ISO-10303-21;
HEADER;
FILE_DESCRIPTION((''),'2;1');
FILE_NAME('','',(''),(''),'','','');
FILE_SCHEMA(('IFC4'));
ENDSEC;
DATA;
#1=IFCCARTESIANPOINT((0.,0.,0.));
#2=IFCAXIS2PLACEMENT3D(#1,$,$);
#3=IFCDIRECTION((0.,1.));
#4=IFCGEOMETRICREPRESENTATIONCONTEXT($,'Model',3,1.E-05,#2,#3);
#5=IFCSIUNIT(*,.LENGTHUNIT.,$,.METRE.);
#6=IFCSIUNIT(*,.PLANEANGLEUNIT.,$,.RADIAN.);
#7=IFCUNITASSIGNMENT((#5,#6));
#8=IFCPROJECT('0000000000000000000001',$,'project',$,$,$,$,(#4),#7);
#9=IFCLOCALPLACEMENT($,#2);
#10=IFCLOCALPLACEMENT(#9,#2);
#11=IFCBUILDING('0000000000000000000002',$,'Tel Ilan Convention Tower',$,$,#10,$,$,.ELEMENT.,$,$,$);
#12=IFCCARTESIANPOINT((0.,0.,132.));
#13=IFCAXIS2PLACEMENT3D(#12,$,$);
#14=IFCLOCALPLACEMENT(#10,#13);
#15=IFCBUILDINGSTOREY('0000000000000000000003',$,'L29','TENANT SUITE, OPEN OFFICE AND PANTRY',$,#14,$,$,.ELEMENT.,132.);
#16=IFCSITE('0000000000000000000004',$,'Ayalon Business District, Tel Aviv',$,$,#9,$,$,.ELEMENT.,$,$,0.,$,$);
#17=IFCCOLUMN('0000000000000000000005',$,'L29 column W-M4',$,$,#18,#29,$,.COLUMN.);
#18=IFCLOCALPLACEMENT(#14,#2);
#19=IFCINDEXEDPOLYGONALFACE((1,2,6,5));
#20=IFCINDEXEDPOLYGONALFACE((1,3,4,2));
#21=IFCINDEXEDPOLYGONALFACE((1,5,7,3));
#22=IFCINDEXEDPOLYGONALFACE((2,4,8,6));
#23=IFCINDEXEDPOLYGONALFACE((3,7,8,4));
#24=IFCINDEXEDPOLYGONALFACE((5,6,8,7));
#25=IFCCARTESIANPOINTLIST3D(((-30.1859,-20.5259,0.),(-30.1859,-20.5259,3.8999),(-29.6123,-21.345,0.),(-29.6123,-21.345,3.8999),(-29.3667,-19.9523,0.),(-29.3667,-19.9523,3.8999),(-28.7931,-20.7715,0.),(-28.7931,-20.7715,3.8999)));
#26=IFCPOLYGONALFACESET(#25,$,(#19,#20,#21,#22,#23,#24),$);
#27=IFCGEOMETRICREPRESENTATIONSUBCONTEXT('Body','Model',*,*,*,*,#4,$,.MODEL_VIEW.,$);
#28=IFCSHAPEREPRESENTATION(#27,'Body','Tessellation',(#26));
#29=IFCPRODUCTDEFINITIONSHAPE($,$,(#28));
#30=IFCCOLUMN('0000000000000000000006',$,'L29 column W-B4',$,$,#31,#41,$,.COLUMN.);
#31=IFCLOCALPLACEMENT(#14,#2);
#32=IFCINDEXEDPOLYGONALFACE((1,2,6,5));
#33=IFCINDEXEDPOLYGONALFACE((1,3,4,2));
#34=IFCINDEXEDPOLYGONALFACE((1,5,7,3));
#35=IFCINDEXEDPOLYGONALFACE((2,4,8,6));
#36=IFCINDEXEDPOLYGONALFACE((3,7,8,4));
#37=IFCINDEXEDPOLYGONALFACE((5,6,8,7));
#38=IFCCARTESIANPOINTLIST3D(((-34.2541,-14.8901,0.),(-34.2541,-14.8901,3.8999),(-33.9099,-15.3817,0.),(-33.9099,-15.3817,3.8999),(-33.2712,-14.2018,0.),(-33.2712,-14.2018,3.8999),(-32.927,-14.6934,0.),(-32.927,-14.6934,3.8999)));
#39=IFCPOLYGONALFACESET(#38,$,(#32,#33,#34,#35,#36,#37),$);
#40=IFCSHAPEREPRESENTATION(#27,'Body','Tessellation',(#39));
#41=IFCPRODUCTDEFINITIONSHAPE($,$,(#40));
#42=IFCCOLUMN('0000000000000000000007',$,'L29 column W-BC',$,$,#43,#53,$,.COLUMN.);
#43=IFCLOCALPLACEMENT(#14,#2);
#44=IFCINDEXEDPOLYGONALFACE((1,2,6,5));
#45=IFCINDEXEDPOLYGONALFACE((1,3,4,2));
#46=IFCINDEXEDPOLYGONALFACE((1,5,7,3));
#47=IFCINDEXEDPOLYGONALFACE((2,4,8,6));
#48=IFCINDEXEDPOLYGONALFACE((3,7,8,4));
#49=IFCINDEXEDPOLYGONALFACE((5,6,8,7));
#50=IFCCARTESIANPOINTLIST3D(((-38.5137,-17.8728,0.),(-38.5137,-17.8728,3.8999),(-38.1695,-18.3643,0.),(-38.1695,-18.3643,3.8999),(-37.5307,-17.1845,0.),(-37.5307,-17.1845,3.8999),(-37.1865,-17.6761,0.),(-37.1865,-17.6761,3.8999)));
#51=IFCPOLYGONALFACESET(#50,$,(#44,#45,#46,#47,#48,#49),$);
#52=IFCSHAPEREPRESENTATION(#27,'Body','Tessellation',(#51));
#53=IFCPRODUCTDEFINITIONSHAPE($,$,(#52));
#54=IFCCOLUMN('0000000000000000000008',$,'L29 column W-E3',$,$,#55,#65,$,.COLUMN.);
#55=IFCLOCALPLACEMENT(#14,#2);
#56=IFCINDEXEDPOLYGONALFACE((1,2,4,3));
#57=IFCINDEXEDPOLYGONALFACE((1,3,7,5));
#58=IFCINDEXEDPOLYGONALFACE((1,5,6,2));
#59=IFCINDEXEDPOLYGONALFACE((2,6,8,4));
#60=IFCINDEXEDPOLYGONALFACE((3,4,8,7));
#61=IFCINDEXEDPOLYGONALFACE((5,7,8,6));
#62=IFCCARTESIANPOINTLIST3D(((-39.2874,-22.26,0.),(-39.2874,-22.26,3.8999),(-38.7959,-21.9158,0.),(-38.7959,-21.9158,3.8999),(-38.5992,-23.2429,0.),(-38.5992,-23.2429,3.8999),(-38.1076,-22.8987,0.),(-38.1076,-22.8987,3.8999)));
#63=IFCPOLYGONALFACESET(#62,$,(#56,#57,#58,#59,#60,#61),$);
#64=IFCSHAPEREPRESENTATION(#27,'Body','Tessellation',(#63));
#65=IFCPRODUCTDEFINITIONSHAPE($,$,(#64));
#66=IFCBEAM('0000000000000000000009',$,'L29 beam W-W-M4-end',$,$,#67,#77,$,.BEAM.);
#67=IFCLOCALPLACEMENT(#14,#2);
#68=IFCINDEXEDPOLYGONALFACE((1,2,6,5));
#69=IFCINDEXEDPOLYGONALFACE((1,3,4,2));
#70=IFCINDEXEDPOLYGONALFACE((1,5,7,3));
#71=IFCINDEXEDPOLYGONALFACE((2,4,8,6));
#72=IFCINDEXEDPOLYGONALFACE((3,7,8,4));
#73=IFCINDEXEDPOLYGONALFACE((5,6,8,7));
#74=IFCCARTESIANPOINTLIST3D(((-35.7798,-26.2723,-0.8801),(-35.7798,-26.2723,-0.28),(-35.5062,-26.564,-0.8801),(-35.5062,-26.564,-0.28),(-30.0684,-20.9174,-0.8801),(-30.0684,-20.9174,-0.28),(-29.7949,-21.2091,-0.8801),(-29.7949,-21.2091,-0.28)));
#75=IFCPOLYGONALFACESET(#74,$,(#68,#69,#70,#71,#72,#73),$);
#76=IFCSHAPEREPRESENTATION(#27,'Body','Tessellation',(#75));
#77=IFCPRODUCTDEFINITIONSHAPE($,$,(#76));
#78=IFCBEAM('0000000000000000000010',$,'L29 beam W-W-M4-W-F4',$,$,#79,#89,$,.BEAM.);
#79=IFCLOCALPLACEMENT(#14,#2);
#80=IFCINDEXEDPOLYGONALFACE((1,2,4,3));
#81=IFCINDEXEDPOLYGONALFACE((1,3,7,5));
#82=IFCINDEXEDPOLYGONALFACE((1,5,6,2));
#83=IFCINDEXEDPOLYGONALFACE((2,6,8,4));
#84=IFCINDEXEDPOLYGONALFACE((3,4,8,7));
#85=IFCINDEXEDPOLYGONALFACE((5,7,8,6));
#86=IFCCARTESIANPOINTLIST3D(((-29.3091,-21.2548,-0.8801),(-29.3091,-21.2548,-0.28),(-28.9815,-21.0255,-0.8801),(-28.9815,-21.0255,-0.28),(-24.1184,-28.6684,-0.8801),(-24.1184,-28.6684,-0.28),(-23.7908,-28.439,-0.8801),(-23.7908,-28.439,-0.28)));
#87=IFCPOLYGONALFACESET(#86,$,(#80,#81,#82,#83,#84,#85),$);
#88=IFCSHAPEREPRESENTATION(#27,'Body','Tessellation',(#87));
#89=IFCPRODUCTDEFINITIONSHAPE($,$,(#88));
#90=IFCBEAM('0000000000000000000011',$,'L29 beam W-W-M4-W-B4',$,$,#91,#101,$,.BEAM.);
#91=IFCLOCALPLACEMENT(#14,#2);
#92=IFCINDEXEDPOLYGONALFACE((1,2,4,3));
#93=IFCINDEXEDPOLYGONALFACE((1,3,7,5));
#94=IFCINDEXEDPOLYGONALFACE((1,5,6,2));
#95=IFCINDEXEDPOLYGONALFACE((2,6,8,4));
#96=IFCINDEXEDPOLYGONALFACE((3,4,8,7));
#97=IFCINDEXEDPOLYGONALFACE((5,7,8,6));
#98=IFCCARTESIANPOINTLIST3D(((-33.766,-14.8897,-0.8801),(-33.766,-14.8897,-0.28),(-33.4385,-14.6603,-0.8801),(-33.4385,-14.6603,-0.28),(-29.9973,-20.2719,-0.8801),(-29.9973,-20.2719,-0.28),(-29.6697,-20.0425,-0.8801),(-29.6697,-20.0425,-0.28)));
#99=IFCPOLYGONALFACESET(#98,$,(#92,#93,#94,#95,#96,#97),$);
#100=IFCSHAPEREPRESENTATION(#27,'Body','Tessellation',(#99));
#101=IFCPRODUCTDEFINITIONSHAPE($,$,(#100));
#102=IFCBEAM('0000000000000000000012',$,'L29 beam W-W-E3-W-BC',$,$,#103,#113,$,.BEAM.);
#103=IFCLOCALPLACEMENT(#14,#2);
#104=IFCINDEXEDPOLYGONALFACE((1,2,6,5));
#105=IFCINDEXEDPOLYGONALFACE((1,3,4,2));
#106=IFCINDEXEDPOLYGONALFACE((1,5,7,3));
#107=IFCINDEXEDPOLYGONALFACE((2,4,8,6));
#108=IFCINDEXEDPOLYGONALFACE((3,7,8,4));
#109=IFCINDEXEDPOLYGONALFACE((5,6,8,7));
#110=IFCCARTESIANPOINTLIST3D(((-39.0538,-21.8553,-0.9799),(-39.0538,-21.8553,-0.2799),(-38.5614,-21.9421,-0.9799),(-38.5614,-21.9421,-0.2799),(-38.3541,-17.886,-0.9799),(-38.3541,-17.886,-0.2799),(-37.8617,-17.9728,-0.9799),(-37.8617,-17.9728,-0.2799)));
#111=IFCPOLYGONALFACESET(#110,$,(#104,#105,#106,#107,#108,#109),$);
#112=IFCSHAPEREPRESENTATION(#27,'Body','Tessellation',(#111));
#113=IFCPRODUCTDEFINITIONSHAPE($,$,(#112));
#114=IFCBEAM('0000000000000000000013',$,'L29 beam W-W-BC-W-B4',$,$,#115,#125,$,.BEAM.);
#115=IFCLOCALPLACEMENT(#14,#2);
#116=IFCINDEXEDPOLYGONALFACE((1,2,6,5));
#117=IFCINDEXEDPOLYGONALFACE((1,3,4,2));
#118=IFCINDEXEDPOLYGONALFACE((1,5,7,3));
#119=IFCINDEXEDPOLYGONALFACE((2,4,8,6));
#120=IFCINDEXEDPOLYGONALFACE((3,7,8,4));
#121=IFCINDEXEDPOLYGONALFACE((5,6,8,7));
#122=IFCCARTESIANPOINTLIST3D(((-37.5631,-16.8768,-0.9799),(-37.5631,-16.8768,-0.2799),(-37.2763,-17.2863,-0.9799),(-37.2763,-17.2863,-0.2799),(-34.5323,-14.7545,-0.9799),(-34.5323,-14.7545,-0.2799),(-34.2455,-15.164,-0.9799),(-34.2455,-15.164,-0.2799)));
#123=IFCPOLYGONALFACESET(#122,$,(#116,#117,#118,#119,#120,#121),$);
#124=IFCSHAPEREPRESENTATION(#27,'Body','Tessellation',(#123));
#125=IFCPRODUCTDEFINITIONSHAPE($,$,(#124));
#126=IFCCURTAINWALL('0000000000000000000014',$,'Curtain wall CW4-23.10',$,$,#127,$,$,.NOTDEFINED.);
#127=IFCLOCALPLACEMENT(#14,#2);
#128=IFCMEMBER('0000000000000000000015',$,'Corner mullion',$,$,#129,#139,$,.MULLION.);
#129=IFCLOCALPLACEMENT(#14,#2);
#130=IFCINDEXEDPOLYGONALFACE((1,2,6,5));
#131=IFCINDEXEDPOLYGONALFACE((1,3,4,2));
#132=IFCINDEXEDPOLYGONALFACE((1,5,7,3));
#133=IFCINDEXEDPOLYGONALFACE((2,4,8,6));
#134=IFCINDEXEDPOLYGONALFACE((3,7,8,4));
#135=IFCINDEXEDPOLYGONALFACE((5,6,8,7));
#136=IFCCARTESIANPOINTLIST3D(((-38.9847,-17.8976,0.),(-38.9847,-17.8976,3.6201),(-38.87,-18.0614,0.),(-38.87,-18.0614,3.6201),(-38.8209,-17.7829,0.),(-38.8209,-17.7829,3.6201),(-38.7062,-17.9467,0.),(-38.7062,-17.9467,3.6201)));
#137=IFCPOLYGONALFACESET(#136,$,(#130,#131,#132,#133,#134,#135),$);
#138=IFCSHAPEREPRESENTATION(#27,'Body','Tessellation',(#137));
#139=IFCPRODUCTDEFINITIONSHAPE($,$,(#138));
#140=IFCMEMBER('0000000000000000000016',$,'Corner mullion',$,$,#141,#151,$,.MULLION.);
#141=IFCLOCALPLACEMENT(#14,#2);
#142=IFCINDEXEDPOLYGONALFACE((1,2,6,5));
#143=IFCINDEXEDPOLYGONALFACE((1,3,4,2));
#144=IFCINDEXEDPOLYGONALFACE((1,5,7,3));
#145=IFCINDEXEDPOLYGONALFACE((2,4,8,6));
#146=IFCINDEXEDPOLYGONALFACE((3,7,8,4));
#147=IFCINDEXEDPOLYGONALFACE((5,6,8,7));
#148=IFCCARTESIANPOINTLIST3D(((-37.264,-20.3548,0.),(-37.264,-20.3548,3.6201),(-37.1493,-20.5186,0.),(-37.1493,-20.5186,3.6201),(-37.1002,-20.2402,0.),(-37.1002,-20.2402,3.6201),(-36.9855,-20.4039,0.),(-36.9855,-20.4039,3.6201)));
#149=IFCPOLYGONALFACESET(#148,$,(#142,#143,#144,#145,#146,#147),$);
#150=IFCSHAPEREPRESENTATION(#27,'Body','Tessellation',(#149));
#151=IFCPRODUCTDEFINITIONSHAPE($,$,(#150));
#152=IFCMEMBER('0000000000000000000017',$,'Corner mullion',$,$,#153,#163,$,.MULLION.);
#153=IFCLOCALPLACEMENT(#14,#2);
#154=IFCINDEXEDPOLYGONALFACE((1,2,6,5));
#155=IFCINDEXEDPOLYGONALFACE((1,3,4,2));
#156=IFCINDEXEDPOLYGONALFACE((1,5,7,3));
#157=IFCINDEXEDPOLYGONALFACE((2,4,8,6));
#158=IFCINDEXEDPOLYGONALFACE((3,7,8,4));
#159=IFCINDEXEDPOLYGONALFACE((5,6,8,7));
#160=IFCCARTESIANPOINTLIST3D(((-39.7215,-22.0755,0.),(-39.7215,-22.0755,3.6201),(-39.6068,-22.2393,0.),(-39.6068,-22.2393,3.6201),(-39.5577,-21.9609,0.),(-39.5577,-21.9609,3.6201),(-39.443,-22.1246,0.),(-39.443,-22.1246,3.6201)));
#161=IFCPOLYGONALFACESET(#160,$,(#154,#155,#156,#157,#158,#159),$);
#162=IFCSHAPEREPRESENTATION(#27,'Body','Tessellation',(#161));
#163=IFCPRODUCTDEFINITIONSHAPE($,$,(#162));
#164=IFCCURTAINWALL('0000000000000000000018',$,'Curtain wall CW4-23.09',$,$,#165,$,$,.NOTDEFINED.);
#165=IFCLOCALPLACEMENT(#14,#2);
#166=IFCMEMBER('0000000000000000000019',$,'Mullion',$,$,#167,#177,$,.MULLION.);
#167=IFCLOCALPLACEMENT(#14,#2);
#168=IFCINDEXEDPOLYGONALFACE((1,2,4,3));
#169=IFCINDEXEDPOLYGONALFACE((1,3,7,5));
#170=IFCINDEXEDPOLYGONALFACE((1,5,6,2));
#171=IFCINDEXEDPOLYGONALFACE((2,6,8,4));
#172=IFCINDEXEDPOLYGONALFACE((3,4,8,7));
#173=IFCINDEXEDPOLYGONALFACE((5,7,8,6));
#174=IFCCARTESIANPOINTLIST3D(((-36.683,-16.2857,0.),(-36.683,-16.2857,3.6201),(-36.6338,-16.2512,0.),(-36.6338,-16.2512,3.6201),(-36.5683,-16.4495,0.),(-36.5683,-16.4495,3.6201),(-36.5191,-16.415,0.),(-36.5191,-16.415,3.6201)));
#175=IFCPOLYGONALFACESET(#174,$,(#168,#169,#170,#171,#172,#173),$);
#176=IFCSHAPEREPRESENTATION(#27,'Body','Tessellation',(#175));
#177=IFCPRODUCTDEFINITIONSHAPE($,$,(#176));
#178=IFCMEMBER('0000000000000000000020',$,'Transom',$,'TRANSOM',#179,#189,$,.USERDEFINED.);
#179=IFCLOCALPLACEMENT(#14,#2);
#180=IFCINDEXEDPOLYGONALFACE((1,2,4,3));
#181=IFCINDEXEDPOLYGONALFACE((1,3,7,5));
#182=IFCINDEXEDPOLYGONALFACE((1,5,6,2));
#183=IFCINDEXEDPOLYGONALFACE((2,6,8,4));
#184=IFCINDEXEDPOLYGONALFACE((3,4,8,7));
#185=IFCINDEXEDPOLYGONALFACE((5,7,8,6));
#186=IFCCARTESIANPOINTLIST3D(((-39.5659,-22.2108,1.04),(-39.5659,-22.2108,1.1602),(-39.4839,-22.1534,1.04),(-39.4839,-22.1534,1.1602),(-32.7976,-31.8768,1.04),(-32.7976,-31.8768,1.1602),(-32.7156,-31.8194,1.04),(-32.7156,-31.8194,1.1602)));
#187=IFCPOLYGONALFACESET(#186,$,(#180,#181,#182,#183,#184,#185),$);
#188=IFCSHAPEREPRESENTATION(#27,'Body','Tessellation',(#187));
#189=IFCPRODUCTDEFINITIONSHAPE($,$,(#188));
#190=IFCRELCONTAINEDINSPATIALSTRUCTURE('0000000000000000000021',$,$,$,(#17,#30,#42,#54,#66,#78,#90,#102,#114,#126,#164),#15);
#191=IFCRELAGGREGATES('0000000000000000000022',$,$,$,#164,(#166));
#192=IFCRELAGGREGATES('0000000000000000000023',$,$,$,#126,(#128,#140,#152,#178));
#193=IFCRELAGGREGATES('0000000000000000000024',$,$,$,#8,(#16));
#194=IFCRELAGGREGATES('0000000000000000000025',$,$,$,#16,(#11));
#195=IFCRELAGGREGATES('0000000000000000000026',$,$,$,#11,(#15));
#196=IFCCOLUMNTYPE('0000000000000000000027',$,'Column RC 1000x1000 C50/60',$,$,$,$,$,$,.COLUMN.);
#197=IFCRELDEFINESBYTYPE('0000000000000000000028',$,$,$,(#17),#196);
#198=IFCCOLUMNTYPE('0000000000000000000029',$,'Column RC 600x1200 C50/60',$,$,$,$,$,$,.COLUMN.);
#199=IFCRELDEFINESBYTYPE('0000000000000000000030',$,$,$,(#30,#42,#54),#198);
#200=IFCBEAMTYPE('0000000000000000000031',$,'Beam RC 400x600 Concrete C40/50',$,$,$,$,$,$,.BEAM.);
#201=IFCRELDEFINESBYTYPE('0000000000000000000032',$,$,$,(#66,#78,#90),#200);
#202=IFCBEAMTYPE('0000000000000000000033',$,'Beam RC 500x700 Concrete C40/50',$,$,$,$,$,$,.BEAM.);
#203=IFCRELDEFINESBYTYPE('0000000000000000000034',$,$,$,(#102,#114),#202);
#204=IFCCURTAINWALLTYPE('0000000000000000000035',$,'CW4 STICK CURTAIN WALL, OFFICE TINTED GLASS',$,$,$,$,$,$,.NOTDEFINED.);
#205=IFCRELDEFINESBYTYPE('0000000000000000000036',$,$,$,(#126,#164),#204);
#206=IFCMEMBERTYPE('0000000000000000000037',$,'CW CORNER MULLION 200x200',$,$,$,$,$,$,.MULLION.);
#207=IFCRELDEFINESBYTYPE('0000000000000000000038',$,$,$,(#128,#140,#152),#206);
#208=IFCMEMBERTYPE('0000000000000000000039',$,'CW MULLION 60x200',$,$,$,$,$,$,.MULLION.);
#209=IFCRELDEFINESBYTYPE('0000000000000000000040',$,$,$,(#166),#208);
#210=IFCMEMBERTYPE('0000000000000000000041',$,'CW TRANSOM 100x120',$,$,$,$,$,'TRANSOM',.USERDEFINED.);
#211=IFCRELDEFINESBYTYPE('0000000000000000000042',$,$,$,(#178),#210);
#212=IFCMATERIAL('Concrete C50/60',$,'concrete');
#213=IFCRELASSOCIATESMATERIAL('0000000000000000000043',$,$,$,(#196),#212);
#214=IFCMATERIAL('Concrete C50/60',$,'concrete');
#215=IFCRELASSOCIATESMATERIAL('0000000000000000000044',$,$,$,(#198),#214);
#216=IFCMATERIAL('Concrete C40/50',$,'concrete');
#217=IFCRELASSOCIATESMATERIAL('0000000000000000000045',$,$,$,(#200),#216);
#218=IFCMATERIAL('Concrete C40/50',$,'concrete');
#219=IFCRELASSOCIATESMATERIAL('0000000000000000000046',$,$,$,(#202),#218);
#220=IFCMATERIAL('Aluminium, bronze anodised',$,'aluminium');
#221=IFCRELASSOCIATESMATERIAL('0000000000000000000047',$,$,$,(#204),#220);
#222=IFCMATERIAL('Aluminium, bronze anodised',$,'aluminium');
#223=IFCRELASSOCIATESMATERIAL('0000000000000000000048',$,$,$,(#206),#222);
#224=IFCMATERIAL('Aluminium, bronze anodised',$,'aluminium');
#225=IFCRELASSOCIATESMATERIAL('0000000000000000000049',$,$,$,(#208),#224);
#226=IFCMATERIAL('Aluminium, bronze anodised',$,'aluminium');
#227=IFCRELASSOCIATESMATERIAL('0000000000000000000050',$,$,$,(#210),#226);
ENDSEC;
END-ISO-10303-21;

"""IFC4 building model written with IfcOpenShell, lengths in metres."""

from ifc_helpers import new_model, si_unit, direction, frame, origin, origin_2d, place, context, subcontext, project, spatial, rectangle, extrude, material, material_profile, profile_set, type_object, element, aggregate, save


model = new_model("IFC4")

# Units and contexts
model_context = context("Model", 3, precision=1e-05, world=origin(), true_north=direction((0.0, 1.0)))
body_context = subcontext(model_context, "Body", "Model", "MODEL_VIEW")
ifc_project = project(units=[si_unit("LENGTHUNIT", "METRE"), si_unit("PLANEANGLEUNIT", "RADIAN")], contexts=[model_context])

# Site, building, storey
site_placement = place(None, origin())
site = spatial("IfcSite", under=ifc_project, at=site_placement, Name="Ayalon Business District, Tel Aviv", CompositionType="ELEMENT", RefElevation=0.0)
building_placement = place(site_placement, origin())
building = spatial("IfcBuilding", under=site, at=building_placement, Name="Tel Ilan Convention Tower", CompositionType="ELEMENT")
storey_placement = place(building_placement, frame((0.0, 0.0, 132.0)))
storey = spatial("IfcBuildingStorey", under=building, at=storey_placement, Name="L29", Description="TENANT SUITE, OPEN OFFICE AND PANTRY", CompositionType="ELEMENT", Elevation=132.0)

# Columns
ifc_material_1 = material(Name="Concrete C50/60", Category="concrete")
ifc_material_profile_1 = material_profile(ifc_material_1, rectangle(XDim=1.0, YDim=1.0, at=origin_2d()), Name="RC 1000x1000")
ifc_profile_set_1 = profile_set([ifc_material_profile_1], Name="Concrete C50/60")
column_type_1 = type_object("IfcColumnType", Name="Column RC 1000x1000 C50/60", PredefinedType="COLUMN", material=ifc_profile_set_1)
column_placement = place(storey_placement, frame((-29.4895, -20.6487, 0.0), z_axis=(0.0, 0.0, 1.0), x_axis=(-0.819152, -0.573576, 0.0)))
element("IfcColumn", 1, at=column_placement, inside=storey, type_object=column_type_1, Name="L29 column W-M4", PredefinedType="COLUMN", context=body_context, shape_type="SweptSolid", body=[
    extrude(rectangle(XDim=1.0, YDim=1.0, at=origin_2d()), origin(), (0.0, 0.0, 1.0), 3.8999),
])
ifc_material_2 = material(Name="Concrete C50/60", Category="concrete")
ifc_material_profile_2 = material_profile(ifc_material_2, rectangle(XDim=1.2, YDim=0.6001, at=origin_2d()), Name="RC 600x1200")
ifc_profile_set_2 = profile_set([ifc_material_profile_2], Name="Concrete C50/60")
column_type_2 = type_object("IfcColumnType", Name="Column RC 600x1200 C50/60", PredefinedType="COLUMN", material=ifc_profile_set_2)
for number, where, z_axis, x_axis, name in (
    (2, (-33.5906, -14.7917, 0.0), (0.0, 0.0, 1.0), (-0.819152, -0.573576, 0.0), "L29 column W-B4"),
    (3, (-37.8501, -17.7744, 0.0), (0.0, 0.0, 1.0), (-0.819152, -0.573576, 0.0), "L29 column W-BC"),
    (4, (-38.6975, -22.5793, 0.0), (0.0, 0.0, 1.0), (-0.573576, 0.819152, 0.0), "L29 column W-E3"),
):
    element("IfcColumn", number, at=place(storey_placement, frame(where, z_axis=z_axis, x_axis=x_axis)), inside=storey, type_object=column_type_2, Name=name, PredefinedType="COLUMN", context=body_context, shape_type="SweptSolid", body=[
        extrude(rectangle(XDim=1.2, YDim=0.6001, at=origin_2d()), origin(), (0.0, 0.0, 1.0), 3.8999),
    ])

# Beams
ifc_material_3 = material(Name="Concrete C40/50", Category="concrete")
ifc_material_profile_3 = material_profile(ifc_material_3, rectangle(XDim=0.3999, YDim=0.6001, at=origin_2d()), Name="RC 400x600")
ifc_profile_set_3 = profile_set([ifc_material_profile_3], Name="Concrete C40/50")
beam_type_1 = type_object("IfcBeamType", Name="Beam RC 400x600 Concrete C40/50", PredefinedType="BEAM", material=ifc_profile_set_3)
beam_1_placement = place(storey_placement, frame((-29.9316, -21.0632, -0.5801), z_axis=(-0.729504, -0.683976, 0.0), x_axis=(0.683976, -0.729504, 0.0)))
element("IfcBeam", 5, at=beam_1_placement, inside=storey, type_object=beam_type_1, Name="L29 beam W-W-M4-end", PredefinedType="BEAM", context=body_context, shape_type="SweptSolid", body=[
    extrude(rectangle(XDim=0.3999, YDim=0.6001, at=origin_2d()), origin(), (0.0, 0.0, 1.0), 7.8291),
])
beam_2_placement = place(storey_placement, frame((-29.1453, -21.1401, -0.5801), z_axis=(0.573549, -0.819171, 0.0), x_axis=(0.819171, 0.573549, 0.0)))
element("IfcBeam", 6, at=beam_2_placement, inside=storey, type_object=beam_type_1, Name="L29 beam W-W-M4-W-F4", PredefinedType="BEAM", context=body_context, shape_type="SweptSolid", body=[
    extrude(rectangle(XDim=0.3999, YDim=0.6001, at=origin_2d()), origin(), (0.0, 0.0, 1.0), 9.05),
])
beam_3_placement = place(storey_placement, frame((-29.8335, -20.1572, -0.5801), z_axis=(-0.573582, 0.819148, 0.0), x_axis=(-0.819148, -0.573582, 0.0)))
element("IfcBeam", 7, at=beam_3_placement, inside=storey, type_object=beam_type_1, Name="L29 beam W-W-M4-W-B4", PredefinedType="BEAM", context=body_context, shape_type="SweptSolid", body=[
    extrude(rectangle(XDim=0.3999, YDim=0.6001, at=origin_2d()), origin(), (0.0, 0.0, 1.0), 6.5706),
])
ifc_material_4 = material(Name="Concrete C40/50", Category="concrete")
ifc_material_profile_4 = material_profile(ifc_material_4, rectangle(XDim=0.5, YDim=0.7, at=origin_2d()), Name="RC 500x700")
ifc_profile_set_4 = profile_set([ifc_material_profile_4], Name="Concrete C40/50")
beam_type_2 = type_object("IfcBeamType", Name="Beam RC 500x700 Concrete C40/50", PredefinedType="BEAM", material=ifc_profile_set_4)
beam_4_placement = place(storey_placement, frame((-38.8076, -21.8987, -0.6299), z_axis=(0.173606, 0.984815, 0.0), x_axis=(-0.984815, 0.173606, 0.0)))
element("IfcBeam", 8, at=beam_4_placement, inside=storey, type_object=beam_type_2, Name="L29 beam W-W-E3-W-BC", PredefinedType="BEAM", context=body_context, shape_type="SweptSolid", body=[
    extrude(rectangle(XDim=0.5, YDim=0.7, at=origin_2d()), origin(), (0.0, 0.0, 1.0), 4.0305),
])
beam_5_placement = place(storey_placement, frame((-37.4197, -17.0815, -0.6299), z_axis=(0.819133, 0.573604, 0.0), x_axis=(-0.573604, 0.819133, 0.0)))
element("IfcBeam", 9, at=beam_5_placement, inside=storey, type_object=beam_type_2, Name="L29 beam W-W-BC-W-B4", PredefinedType="BEAM", context=body_context, shape_type="SweptSolid", body=[
    extrude(rectangle(XDim=0.5, YDim=0.7, at=origin_2d()), origin(), (0.0, 0.0, 1.0), 3.7),
])

# Curtain wall, members
ifc_material_5 = material(Name="Aluminium, bronze anodised", Category="aluminium")
curtain_wall_type = type_object("IfcCurtainWallType", Name="CW4 STICK CURTAIN WALL, OFFICE TINTED GLASS", PredefinedType="NOTDEFINED", material=ifc_material_5)
curtain_wall_1_placement = place(storey_placement, origin())
curtain_wall_1 = element("IfcCurtainWall", 10, at=curtain_wall_1_placement, inside=storey, type_object=curtain_wall_type, Name="Curtain wall CW4-23.10", PredefinedType="NOTDEFINED")
ifc_material_6 = material(Name="Aluminium, bronze anodised", Category="aluminium")
ifc_material_profile_5 = material_profile(ifc_material_6, rectangle(XDim=0.2, YDim=0.2, at=origin_2d()), Name="CW CORNER MULLION 200x200")
ifc_profile_set_5 = profile_set([ifc_material_profile_5], Name="Aluminium, bronze anodised")
member_type_1 = type_object("IfcMemberType", Name="CW CORNER MULLION 200x200", PredefinedType="MULLION", material=ifc_profile_set_5)
member_1_placement = place(storey_placement, frame((-38.8455, -17.9221, 0.0), z_axis=(0.0, 0.0, 1.0), x_axis=(-0.819152, -0.573576, 0.0)))
member_1 = element("IfcMember", 11, at=member_1_placement, type_object=member_type_1, Name="Corner mullion", PredefinedType="MULLION", context=body_context, shape_type="SweptSolid", body=[
    extrude(rectangle(XDim=0.2, YDim=0.2, at=origin_2d()), origin(), (0.0, 0.0, 1.0), 3.6201),
])
member_2_placement = place(storey_placement, frame((-37.1248, -20.3794, 0.0), z_axis=(0.0, 0.0, 1.0), x_axis=(0.573576, -0.819152, 0.0)))
member_2 = element("IfcMember", 12, at=member_2_placement, type_object=member_type_1, Name="Corner mullion", PredefinedType="MULLION", context=body_context, shape_type="SweptSolid", body=[
    extrude(rectangle(XDim=0.2, YDim=0.2, at=origin_2d()), origin(), (0.0, 0.0, 1.0), 3.6201),
])
member_3_placement = place(storey_placement, frame((-39.5823, -22.1001, 0.0), z_axis=(0.0, 0.0, 1.0), x_axis=(-0.819152, -0.573576, 0.0)))
member_3 = element("IfcMember", 13, at=member_3_placement, type_object=member_type_1, Name="Corner mullion", PredefinedType="MULLION", context=body_context, shape_type="SweptSolid", body=[
    extrude(rectangle(XDim=0.2, YDim=0.2, at=origin_2d()), origin(), (0.0, 0.0, 1.0), 3.6201),
])

# Curtain wall, member
curtain_wall_2_placement = place(storey_placement, origin())
curtain_wall_2 = element("IfcCurtainWall", 14, at=curtain_wall_2_placement, inside=storey, type_object=curtain_wall_type, Name="Curtain wall CW4-23.09", PredefinedType="NOTDEFINED")
ifc_material_7 = material(Name="Aluminium, bronze anodised", Category="aluminium")
ifc_material_profile_6 = material_profile(ifc_material_7, rectangle(XDim=0.0601, YDim=0.2, at=origin_2d()), Name="CW MULLION 60x200")
ifc_profile_set_6 = profile_set([ifc_material_profile_6], Name="Aluminium, bronze anodised")
member_type_2 = type_object("IfcMemberType", Name="CW MULLION 60x200", PredefinedType="MULLION", material=ifc_profile_set_6)
member_4_placement = place(storey_placement, frame((-36.6011, -16.3503, 0.0), z_axis=(0.0, 0.0, 1.0), x_axis=(-0.819152, -0.573576, 0.0)))
member_4 = element("IfcMember", 15, at=member_4_placement, type_object=member_type_2, Name="Mullion", PredefinedType="MULLION", context=body_context, shape_type="SweptSolid", body=[
    extrude(rectangle(XDim=0.0601, YDim=0.2, at=origin_2d()), origin(), (0.0, 0.0, 1.0), 3.6201),
])
aggregate(curtain_wall_2, [member_4])

# Member
ifc_material_8 = material(Name="Aluminium, bronze anodised", Category="aluminium")
ifc_material_profile_7 = material_profile(ifc_material_8, rectangle(XDim=0.1001, YDim=0.1201, at=origin_2d()), Name="CW TRANSOM 100x120")
ifc_profile_set_7 = profile_set([ifc_material_profile_7], Name="Aluminium, bronze anodised")
member_type_3 = type_object("IfcMemberType", Name="CW TRANSOM 100x120", ElementType="TRANSOM", PredefinedType="USERDEFINED", material=ifc_profile_set_7)
member_5_placement = place(storey_placement, frame((-39.5249, -22.1821, 1.1001), z_axis=(0.573582, -0.819148, 0.0), x_axis=(0.819148, 0.573582, 0.0)))
member_5 = element("IfcMember", 16, at=member_5_placement, type_object=member_type_3, Name="Transom", ObjectType="TRANSOM", PredefinedType="USERDEFINED", context=body_context, shape_type="SweptSolid", body=[
    extrude(rectangle(XDim=0.1001, YDim=0.1201, at=origin_2d()), origin(), (0.0, 0.0, 1.0), 11.8),
])

aggregate(curtain_wall_1, [member_1, member_2, member_3, member_5])

save(model, "model.ifc")
